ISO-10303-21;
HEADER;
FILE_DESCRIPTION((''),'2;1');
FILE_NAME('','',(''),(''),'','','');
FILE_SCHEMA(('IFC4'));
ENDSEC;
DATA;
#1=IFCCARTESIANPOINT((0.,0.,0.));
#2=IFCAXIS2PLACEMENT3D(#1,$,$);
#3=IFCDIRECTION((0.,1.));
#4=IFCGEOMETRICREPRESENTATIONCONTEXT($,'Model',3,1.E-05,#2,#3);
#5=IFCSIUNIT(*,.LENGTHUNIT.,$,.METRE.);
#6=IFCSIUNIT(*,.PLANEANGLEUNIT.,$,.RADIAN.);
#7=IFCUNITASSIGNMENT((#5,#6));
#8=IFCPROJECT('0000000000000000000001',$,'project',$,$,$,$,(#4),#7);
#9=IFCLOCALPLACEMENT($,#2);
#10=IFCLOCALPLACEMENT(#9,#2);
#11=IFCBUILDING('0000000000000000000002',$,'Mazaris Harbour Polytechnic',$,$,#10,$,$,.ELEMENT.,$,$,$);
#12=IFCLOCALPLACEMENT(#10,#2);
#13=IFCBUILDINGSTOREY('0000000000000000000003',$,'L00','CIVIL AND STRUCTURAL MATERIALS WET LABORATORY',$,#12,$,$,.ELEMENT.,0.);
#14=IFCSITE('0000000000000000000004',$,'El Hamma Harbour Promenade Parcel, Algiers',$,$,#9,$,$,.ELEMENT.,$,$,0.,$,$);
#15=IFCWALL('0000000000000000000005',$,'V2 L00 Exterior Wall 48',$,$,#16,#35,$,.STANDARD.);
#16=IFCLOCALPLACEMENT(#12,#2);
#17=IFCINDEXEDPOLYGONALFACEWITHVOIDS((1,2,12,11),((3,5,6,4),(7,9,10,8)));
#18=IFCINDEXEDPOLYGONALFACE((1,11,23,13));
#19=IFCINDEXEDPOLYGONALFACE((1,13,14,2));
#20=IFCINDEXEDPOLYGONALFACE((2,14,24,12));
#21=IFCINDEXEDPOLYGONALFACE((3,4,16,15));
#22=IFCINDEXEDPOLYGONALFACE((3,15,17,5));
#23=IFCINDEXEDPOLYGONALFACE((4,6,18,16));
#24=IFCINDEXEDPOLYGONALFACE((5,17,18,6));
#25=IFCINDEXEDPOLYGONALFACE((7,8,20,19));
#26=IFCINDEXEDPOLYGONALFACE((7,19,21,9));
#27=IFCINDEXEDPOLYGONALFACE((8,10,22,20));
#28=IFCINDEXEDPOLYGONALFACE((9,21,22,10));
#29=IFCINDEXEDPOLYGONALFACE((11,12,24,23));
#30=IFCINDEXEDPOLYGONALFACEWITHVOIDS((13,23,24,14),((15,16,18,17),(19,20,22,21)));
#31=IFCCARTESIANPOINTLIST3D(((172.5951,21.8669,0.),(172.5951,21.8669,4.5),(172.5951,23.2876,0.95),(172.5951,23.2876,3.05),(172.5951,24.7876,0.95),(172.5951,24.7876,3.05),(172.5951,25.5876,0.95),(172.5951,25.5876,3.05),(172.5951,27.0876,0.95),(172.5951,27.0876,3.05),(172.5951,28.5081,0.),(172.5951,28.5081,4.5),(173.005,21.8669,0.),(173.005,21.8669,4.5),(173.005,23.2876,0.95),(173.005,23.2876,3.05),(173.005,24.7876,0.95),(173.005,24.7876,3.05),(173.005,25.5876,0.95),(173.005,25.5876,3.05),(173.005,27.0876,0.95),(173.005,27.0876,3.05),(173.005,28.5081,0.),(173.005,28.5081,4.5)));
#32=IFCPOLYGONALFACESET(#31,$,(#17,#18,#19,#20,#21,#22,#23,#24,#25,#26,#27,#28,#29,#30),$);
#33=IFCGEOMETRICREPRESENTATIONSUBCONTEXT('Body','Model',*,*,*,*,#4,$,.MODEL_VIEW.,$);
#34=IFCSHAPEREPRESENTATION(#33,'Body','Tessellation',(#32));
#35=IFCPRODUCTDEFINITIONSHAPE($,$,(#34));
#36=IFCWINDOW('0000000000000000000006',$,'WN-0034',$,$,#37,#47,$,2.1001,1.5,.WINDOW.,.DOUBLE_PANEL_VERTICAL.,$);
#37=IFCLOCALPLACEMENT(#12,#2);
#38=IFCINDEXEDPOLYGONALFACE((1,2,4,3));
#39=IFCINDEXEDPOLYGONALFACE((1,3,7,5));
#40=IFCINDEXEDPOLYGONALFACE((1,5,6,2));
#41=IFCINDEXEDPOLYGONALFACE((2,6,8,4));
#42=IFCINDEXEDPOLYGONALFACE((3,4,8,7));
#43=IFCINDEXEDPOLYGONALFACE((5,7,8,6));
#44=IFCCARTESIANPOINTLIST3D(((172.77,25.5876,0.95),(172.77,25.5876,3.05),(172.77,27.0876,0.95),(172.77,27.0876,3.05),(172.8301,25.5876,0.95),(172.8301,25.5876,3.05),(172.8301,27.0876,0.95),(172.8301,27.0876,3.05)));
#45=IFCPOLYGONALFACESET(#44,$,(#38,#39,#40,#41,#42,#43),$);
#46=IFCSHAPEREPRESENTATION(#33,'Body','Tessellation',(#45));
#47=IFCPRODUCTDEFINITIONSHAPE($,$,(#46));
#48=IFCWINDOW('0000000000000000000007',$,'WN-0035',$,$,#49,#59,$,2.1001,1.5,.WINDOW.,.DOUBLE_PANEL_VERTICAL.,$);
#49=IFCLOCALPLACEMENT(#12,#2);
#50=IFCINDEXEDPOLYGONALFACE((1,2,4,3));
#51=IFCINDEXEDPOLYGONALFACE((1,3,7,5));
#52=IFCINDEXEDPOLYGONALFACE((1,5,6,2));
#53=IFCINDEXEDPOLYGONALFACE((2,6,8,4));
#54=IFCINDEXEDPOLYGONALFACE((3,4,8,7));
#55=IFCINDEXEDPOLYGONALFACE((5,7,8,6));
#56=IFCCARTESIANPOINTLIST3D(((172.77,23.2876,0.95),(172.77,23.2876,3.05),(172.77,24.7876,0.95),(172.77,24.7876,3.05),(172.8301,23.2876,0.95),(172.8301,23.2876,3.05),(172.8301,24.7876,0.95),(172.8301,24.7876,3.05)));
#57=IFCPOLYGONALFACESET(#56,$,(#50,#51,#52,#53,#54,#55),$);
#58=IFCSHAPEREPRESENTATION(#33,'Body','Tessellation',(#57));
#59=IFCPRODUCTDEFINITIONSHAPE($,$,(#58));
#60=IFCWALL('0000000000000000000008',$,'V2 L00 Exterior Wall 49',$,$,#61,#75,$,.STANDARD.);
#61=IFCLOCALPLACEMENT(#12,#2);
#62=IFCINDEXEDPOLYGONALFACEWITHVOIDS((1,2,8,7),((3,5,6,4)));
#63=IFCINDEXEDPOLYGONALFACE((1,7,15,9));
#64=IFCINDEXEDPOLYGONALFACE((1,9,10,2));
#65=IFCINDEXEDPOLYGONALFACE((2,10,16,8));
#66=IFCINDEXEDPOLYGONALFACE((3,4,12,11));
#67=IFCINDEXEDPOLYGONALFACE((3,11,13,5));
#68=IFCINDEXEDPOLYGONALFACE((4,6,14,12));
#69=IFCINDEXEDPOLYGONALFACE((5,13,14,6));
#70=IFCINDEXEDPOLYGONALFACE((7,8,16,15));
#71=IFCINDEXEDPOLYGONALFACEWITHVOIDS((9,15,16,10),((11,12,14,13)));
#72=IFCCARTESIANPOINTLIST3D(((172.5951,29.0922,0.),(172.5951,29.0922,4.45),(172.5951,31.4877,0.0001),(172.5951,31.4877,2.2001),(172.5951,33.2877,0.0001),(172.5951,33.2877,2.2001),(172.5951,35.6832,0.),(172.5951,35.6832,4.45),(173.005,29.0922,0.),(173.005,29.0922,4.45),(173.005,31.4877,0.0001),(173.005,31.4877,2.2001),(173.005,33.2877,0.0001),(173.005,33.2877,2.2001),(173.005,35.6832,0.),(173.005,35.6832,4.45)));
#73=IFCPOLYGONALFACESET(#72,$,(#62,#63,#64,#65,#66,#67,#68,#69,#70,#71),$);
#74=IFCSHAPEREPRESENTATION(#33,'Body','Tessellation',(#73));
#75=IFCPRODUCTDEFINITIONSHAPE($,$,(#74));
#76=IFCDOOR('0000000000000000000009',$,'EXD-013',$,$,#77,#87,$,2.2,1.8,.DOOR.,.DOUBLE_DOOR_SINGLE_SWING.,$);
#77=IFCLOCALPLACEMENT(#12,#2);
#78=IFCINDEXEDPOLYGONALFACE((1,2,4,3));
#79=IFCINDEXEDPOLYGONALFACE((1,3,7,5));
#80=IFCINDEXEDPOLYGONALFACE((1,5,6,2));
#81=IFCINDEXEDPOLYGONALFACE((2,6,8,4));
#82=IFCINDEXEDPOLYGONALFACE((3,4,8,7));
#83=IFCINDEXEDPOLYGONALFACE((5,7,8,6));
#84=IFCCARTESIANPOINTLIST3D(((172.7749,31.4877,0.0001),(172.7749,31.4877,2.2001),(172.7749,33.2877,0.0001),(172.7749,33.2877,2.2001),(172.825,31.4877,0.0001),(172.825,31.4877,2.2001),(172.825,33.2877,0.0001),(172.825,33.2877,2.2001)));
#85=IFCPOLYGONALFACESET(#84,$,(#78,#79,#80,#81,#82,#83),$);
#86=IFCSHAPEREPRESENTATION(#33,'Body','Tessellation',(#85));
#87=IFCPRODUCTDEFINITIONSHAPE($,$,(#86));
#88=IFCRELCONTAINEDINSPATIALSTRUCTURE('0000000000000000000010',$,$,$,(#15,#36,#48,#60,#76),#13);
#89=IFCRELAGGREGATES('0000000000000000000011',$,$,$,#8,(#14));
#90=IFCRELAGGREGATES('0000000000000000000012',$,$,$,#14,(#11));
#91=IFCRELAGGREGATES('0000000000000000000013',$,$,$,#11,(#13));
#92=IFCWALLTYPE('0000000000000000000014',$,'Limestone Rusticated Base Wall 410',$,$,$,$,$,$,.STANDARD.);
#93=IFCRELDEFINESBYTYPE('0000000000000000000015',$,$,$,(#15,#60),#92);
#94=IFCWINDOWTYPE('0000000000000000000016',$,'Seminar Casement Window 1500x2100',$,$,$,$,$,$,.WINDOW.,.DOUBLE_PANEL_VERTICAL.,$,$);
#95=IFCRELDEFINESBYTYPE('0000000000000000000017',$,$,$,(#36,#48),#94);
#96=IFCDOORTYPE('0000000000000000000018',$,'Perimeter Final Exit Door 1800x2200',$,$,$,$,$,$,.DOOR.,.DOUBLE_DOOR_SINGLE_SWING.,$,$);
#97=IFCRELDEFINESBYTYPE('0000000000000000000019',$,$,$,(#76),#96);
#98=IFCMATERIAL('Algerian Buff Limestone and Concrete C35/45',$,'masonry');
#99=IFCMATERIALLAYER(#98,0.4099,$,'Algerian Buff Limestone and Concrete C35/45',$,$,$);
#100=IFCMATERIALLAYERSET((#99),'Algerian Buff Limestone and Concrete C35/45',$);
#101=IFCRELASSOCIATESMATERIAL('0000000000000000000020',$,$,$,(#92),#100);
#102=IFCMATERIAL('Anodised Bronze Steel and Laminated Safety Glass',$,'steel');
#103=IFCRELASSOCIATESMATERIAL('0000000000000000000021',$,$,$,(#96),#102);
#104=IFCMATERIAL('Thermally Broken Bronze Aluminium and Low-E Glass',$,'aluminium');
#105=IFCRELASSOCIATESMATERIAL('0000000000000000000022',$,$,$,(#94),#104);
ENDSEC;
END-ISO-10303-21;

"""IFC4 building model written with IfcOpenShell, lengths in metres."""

from ifc_helpers import new_model, si_unit, direction, frame, frame_2d, origin, place, context, subcontext, project, spatial, rectangle, extrude, material, layer, layer_set, type_object, element, fill, save


model = new_model("IFC4")

# Units and contexts
model_context = context("Model", 3, precision=1e-05, world=origin(), true_north=direction((0.0, 1.0)))
body_context = subcontext(model_context, "Body", "Model", "MODEL_VIEW")
ifc_project = project(units=[si_unit("LENGTHUNIT", "METRE"), si_unit("PLANEANGLEUNIT", "RADIAN")], contexts=[model_context])

# Site, building, storey
site_placement = place(None, origin())
site = spatial("IfcSite", under=ifc_project, at=site_placement, Name="El Hamma Harbour Promenade Parcel, Algiers", CompositionType="ELEMENT", RefElevation=0.0)
building_placement = place(site_placement, origin())
building = spatial("IfcBuilding", under=site, at=building_placement, Name="Mazaris Harbour Polytechnic", CompositionType="ELEMENT")
storey_placement = place(building_placement, origin())
storey = spatial("IfcBuildingStorey", under=building, at=storey_placement, Name="L00", Description="CIVIL AND STRUCTURAL MATERIALS WET LABORATORY", CompositionType="ELEMENT", Elevation=0.0)

# Shared definitions
ifc_material_1 = material(Name="Algerian Buff Limestone and Concrete C35/45", Category="masonry")
ifc_layer = layer(ifc_material_1, 0.4099, Name="Algerian Buff Limestone and Concrete C35/45")
ifc_layer_set = layer_set([ifc_layer], Name="Algerian Buff Limestone and Concrete C35/45")
wall_type = type_object("IfcWallType", Name="Limestone Rusticated Base Wall 410", PredefinedType="STANDARD", material=ifc_layer_set)
ifc_material_2 = material(Name="Anodised Bronze Steel and Laminated Safety Glass", Category="steel")
door_type = type_object("IfcDoorType", Name="Perimeter Final Exit Door 1800x2200", OperationType="DOUBLE_DOOR_SINGLE_SWING", PredefinedType="DOOR", material=ifc_material_2)

# Wall, openings, windows
wall_1_placement = place(storey_placement, frame((172.8, 28.5081, 0.0), z_axis=(0.0, 0.0, 1.0), x_axis=(0.0, -1.0, 0.0)))
wall_1 = element("IfcWall", 1, at=wall_1_placement, inside=storey, type_object=wall_type, Name="V2 L00 Exterior Wall 48", PredefinedType="STANDARD", context=body_context, shape_type="SweptSolid", body=[
    extrude(rectangle(XDim=6.6411, YDim=0.4099, at=frame_2d((3.3206, 0.0))), origin(), (0.0, 0.0, 1.0), 4.5),
])
opening_1_placement = place(wall_1_placement, frame((1.4204, 0.0, 0.95)))
opening_1 = element("IfcOpeningElement", 2, at=opening_1_placement, cuts=wall_1, PredefinedType="OPENING", context=body_context, shape_type="SweptSolid", body=[
    extrude(rectangle(XDim=1.5, YDim=2.1001, at=frame_2d((0.75, 1.05))), frame((0.0, 0.2148, 0.0), z_axis=(0.0, -1.0, 0.0), x_axis=(1.0, 0.0, 0.0)), (0.0, 0.0, 1.0), 0.4299),
])
opening_2_placement = place(wall_1_placement, frame((3.7205, 0.0, 0.95)))
opening_2 = element("IfcOpeningElement", 3, at=opening_2_placement, cuts=wall_1, PredefinedType="OPENING", context=body_context, shape_type="SweptSolid", body=[
    extrude(rectangle(XDim=1.5, YDim=2.1001, at=frame_2d((0.75, 1.05))), frame((0.0, 0.2148, 0.0), z_axis=(0.0, -1.0, 0.0), x_axis=(1.0, 0.0, 0.0)), (0.0, 0.0, 1.0), 0.4299),
])
ifc_material_3 = material(Name="Thermally Broken Bronze Aluminium and Low-E Glass", Category="aluminium")
window_type = type_object("IfcWindowType", Name="Seminar Casement Window 1500x2100", PartitioningType="DOUBLE_PANEL_VERTICAL", PredefinedType="WINDOW", material=ifc_material_3)
window_1_placement = place(opening_1_placement, origin())
window_1 = element("IfcWindow", 4, at=window_1_placement, inside=storey, type_object=window_type, Name="WN-0034", OverallHeight=2.1001, OverallWidth=1.5, PartitioningType="DOUBLE_PANEL_VERTICAL", PredefinedType="WINDOW", context=body_context, shape_type="SweptSolid", body=[
    extrude(rectangle(XDim=1.5, YDim=2.1001, at=frame_2d((0.75, 1.05))), frame((0.0, 0.03, 0.0), z_axis=(0.0, -1.0, 0.0), x_axis=(1.0, 0.0, 0.0)), (0.0, 0.0, 1.0), 0.0601),
])
fill(opening_1, window_1)
window_2_placement = place(opening_2_placement, origin())
window_2 = element("IfcWindow", 5, at=window_2_placement, inside=storey, type_object=window_type, Name="WN-0035", OverallHeight=2.1001, OverallWidth=1.5, PartitioningType="DOUBLE_PANEL_VERTICAL", PredefinedType="WINDOW", context=body_context, shape_type="SweptSolid", body=[
    extrude(rectangle(XDim=1.5, YDim=2.1001, at=frame_2d((0.75, 1.05))), frame((0.0, 0.03, 0.0), z_axis=(0.0, -1.0, 0.0), x_axis=(1.0, 0.0, 0.0)), (0.0, 0.0, 1.0), 0.0601),
])
fill(opening_2, window_2)

# Wall, opening, door
wall_2_placement = place(storey_placement, frame((172.8, 35.6831, 0.0), z_axis=(0.0, 0.0, 1.0), x_axis=(0.0, -1.0, 0.0)))
wall_2 = element("IfcWall", 6, at=wall_2_placement, inside=storey, type_object=wall_type, Name="V2 L00 Exterior Wall 49", PredefinedType="STANDARD", context=body_context, shape_type="SweptSolid", body=[
    extrude(rectangle(XDim=6.5911, YDim=0.4099, at=frame_2d((3.2954, 0.0))), origin(), (0.0, 0.0, 1.0), 4.45),
])
opening_3_placement = place(wall_2_placement, frame((2.3955, 0.0, 0.0)))
opening_3 = element("IfcOpeningElement", 7, at=opening_3_placement, cuts=wall_2, PredefinedType="OPENING", context=body_context, shape_type="SweptSolid", body=[
    extrude(rectangle(XDim=1.8, YDim=2.2, at=frame_2d((0.8999, 1.1001))), frame((0.0, 0.2148, 0.0), z_axis=(0.0, -1.0, 0.0), x_axis=(1.0, 0.0, 0.0)), (0.0, 0.0, 1.0), 0.4299),
])
door_1_placement = place(opening_3_placement, origin())
door_1 = element("IfcDoor", 8, at=door_1_placement, inside=storey, type_object=door_type, Name="EXD-013", OperationType="DOUBLE_DOOR_SINGLE_SWING", OverallHeight=2.2, OverallWidth=1.8, PredefinedType="DOOR", context=body_context, shape_type="SweptSolid", body=[
    extrude(rectangle(XDim=1.8, YDim=2.2, at=frame_2d((0.8999, 1.1001))), frame((0.0, 0.0249, 0.0), z_axis=(0.0, -1.0, 0.0), x_axis=(1.0, 0.0, 0.0)), (0.0, 0.0, 1.0), 0.05),
])
fill(opening_3, door_1)

save(model, "model.ifc")
